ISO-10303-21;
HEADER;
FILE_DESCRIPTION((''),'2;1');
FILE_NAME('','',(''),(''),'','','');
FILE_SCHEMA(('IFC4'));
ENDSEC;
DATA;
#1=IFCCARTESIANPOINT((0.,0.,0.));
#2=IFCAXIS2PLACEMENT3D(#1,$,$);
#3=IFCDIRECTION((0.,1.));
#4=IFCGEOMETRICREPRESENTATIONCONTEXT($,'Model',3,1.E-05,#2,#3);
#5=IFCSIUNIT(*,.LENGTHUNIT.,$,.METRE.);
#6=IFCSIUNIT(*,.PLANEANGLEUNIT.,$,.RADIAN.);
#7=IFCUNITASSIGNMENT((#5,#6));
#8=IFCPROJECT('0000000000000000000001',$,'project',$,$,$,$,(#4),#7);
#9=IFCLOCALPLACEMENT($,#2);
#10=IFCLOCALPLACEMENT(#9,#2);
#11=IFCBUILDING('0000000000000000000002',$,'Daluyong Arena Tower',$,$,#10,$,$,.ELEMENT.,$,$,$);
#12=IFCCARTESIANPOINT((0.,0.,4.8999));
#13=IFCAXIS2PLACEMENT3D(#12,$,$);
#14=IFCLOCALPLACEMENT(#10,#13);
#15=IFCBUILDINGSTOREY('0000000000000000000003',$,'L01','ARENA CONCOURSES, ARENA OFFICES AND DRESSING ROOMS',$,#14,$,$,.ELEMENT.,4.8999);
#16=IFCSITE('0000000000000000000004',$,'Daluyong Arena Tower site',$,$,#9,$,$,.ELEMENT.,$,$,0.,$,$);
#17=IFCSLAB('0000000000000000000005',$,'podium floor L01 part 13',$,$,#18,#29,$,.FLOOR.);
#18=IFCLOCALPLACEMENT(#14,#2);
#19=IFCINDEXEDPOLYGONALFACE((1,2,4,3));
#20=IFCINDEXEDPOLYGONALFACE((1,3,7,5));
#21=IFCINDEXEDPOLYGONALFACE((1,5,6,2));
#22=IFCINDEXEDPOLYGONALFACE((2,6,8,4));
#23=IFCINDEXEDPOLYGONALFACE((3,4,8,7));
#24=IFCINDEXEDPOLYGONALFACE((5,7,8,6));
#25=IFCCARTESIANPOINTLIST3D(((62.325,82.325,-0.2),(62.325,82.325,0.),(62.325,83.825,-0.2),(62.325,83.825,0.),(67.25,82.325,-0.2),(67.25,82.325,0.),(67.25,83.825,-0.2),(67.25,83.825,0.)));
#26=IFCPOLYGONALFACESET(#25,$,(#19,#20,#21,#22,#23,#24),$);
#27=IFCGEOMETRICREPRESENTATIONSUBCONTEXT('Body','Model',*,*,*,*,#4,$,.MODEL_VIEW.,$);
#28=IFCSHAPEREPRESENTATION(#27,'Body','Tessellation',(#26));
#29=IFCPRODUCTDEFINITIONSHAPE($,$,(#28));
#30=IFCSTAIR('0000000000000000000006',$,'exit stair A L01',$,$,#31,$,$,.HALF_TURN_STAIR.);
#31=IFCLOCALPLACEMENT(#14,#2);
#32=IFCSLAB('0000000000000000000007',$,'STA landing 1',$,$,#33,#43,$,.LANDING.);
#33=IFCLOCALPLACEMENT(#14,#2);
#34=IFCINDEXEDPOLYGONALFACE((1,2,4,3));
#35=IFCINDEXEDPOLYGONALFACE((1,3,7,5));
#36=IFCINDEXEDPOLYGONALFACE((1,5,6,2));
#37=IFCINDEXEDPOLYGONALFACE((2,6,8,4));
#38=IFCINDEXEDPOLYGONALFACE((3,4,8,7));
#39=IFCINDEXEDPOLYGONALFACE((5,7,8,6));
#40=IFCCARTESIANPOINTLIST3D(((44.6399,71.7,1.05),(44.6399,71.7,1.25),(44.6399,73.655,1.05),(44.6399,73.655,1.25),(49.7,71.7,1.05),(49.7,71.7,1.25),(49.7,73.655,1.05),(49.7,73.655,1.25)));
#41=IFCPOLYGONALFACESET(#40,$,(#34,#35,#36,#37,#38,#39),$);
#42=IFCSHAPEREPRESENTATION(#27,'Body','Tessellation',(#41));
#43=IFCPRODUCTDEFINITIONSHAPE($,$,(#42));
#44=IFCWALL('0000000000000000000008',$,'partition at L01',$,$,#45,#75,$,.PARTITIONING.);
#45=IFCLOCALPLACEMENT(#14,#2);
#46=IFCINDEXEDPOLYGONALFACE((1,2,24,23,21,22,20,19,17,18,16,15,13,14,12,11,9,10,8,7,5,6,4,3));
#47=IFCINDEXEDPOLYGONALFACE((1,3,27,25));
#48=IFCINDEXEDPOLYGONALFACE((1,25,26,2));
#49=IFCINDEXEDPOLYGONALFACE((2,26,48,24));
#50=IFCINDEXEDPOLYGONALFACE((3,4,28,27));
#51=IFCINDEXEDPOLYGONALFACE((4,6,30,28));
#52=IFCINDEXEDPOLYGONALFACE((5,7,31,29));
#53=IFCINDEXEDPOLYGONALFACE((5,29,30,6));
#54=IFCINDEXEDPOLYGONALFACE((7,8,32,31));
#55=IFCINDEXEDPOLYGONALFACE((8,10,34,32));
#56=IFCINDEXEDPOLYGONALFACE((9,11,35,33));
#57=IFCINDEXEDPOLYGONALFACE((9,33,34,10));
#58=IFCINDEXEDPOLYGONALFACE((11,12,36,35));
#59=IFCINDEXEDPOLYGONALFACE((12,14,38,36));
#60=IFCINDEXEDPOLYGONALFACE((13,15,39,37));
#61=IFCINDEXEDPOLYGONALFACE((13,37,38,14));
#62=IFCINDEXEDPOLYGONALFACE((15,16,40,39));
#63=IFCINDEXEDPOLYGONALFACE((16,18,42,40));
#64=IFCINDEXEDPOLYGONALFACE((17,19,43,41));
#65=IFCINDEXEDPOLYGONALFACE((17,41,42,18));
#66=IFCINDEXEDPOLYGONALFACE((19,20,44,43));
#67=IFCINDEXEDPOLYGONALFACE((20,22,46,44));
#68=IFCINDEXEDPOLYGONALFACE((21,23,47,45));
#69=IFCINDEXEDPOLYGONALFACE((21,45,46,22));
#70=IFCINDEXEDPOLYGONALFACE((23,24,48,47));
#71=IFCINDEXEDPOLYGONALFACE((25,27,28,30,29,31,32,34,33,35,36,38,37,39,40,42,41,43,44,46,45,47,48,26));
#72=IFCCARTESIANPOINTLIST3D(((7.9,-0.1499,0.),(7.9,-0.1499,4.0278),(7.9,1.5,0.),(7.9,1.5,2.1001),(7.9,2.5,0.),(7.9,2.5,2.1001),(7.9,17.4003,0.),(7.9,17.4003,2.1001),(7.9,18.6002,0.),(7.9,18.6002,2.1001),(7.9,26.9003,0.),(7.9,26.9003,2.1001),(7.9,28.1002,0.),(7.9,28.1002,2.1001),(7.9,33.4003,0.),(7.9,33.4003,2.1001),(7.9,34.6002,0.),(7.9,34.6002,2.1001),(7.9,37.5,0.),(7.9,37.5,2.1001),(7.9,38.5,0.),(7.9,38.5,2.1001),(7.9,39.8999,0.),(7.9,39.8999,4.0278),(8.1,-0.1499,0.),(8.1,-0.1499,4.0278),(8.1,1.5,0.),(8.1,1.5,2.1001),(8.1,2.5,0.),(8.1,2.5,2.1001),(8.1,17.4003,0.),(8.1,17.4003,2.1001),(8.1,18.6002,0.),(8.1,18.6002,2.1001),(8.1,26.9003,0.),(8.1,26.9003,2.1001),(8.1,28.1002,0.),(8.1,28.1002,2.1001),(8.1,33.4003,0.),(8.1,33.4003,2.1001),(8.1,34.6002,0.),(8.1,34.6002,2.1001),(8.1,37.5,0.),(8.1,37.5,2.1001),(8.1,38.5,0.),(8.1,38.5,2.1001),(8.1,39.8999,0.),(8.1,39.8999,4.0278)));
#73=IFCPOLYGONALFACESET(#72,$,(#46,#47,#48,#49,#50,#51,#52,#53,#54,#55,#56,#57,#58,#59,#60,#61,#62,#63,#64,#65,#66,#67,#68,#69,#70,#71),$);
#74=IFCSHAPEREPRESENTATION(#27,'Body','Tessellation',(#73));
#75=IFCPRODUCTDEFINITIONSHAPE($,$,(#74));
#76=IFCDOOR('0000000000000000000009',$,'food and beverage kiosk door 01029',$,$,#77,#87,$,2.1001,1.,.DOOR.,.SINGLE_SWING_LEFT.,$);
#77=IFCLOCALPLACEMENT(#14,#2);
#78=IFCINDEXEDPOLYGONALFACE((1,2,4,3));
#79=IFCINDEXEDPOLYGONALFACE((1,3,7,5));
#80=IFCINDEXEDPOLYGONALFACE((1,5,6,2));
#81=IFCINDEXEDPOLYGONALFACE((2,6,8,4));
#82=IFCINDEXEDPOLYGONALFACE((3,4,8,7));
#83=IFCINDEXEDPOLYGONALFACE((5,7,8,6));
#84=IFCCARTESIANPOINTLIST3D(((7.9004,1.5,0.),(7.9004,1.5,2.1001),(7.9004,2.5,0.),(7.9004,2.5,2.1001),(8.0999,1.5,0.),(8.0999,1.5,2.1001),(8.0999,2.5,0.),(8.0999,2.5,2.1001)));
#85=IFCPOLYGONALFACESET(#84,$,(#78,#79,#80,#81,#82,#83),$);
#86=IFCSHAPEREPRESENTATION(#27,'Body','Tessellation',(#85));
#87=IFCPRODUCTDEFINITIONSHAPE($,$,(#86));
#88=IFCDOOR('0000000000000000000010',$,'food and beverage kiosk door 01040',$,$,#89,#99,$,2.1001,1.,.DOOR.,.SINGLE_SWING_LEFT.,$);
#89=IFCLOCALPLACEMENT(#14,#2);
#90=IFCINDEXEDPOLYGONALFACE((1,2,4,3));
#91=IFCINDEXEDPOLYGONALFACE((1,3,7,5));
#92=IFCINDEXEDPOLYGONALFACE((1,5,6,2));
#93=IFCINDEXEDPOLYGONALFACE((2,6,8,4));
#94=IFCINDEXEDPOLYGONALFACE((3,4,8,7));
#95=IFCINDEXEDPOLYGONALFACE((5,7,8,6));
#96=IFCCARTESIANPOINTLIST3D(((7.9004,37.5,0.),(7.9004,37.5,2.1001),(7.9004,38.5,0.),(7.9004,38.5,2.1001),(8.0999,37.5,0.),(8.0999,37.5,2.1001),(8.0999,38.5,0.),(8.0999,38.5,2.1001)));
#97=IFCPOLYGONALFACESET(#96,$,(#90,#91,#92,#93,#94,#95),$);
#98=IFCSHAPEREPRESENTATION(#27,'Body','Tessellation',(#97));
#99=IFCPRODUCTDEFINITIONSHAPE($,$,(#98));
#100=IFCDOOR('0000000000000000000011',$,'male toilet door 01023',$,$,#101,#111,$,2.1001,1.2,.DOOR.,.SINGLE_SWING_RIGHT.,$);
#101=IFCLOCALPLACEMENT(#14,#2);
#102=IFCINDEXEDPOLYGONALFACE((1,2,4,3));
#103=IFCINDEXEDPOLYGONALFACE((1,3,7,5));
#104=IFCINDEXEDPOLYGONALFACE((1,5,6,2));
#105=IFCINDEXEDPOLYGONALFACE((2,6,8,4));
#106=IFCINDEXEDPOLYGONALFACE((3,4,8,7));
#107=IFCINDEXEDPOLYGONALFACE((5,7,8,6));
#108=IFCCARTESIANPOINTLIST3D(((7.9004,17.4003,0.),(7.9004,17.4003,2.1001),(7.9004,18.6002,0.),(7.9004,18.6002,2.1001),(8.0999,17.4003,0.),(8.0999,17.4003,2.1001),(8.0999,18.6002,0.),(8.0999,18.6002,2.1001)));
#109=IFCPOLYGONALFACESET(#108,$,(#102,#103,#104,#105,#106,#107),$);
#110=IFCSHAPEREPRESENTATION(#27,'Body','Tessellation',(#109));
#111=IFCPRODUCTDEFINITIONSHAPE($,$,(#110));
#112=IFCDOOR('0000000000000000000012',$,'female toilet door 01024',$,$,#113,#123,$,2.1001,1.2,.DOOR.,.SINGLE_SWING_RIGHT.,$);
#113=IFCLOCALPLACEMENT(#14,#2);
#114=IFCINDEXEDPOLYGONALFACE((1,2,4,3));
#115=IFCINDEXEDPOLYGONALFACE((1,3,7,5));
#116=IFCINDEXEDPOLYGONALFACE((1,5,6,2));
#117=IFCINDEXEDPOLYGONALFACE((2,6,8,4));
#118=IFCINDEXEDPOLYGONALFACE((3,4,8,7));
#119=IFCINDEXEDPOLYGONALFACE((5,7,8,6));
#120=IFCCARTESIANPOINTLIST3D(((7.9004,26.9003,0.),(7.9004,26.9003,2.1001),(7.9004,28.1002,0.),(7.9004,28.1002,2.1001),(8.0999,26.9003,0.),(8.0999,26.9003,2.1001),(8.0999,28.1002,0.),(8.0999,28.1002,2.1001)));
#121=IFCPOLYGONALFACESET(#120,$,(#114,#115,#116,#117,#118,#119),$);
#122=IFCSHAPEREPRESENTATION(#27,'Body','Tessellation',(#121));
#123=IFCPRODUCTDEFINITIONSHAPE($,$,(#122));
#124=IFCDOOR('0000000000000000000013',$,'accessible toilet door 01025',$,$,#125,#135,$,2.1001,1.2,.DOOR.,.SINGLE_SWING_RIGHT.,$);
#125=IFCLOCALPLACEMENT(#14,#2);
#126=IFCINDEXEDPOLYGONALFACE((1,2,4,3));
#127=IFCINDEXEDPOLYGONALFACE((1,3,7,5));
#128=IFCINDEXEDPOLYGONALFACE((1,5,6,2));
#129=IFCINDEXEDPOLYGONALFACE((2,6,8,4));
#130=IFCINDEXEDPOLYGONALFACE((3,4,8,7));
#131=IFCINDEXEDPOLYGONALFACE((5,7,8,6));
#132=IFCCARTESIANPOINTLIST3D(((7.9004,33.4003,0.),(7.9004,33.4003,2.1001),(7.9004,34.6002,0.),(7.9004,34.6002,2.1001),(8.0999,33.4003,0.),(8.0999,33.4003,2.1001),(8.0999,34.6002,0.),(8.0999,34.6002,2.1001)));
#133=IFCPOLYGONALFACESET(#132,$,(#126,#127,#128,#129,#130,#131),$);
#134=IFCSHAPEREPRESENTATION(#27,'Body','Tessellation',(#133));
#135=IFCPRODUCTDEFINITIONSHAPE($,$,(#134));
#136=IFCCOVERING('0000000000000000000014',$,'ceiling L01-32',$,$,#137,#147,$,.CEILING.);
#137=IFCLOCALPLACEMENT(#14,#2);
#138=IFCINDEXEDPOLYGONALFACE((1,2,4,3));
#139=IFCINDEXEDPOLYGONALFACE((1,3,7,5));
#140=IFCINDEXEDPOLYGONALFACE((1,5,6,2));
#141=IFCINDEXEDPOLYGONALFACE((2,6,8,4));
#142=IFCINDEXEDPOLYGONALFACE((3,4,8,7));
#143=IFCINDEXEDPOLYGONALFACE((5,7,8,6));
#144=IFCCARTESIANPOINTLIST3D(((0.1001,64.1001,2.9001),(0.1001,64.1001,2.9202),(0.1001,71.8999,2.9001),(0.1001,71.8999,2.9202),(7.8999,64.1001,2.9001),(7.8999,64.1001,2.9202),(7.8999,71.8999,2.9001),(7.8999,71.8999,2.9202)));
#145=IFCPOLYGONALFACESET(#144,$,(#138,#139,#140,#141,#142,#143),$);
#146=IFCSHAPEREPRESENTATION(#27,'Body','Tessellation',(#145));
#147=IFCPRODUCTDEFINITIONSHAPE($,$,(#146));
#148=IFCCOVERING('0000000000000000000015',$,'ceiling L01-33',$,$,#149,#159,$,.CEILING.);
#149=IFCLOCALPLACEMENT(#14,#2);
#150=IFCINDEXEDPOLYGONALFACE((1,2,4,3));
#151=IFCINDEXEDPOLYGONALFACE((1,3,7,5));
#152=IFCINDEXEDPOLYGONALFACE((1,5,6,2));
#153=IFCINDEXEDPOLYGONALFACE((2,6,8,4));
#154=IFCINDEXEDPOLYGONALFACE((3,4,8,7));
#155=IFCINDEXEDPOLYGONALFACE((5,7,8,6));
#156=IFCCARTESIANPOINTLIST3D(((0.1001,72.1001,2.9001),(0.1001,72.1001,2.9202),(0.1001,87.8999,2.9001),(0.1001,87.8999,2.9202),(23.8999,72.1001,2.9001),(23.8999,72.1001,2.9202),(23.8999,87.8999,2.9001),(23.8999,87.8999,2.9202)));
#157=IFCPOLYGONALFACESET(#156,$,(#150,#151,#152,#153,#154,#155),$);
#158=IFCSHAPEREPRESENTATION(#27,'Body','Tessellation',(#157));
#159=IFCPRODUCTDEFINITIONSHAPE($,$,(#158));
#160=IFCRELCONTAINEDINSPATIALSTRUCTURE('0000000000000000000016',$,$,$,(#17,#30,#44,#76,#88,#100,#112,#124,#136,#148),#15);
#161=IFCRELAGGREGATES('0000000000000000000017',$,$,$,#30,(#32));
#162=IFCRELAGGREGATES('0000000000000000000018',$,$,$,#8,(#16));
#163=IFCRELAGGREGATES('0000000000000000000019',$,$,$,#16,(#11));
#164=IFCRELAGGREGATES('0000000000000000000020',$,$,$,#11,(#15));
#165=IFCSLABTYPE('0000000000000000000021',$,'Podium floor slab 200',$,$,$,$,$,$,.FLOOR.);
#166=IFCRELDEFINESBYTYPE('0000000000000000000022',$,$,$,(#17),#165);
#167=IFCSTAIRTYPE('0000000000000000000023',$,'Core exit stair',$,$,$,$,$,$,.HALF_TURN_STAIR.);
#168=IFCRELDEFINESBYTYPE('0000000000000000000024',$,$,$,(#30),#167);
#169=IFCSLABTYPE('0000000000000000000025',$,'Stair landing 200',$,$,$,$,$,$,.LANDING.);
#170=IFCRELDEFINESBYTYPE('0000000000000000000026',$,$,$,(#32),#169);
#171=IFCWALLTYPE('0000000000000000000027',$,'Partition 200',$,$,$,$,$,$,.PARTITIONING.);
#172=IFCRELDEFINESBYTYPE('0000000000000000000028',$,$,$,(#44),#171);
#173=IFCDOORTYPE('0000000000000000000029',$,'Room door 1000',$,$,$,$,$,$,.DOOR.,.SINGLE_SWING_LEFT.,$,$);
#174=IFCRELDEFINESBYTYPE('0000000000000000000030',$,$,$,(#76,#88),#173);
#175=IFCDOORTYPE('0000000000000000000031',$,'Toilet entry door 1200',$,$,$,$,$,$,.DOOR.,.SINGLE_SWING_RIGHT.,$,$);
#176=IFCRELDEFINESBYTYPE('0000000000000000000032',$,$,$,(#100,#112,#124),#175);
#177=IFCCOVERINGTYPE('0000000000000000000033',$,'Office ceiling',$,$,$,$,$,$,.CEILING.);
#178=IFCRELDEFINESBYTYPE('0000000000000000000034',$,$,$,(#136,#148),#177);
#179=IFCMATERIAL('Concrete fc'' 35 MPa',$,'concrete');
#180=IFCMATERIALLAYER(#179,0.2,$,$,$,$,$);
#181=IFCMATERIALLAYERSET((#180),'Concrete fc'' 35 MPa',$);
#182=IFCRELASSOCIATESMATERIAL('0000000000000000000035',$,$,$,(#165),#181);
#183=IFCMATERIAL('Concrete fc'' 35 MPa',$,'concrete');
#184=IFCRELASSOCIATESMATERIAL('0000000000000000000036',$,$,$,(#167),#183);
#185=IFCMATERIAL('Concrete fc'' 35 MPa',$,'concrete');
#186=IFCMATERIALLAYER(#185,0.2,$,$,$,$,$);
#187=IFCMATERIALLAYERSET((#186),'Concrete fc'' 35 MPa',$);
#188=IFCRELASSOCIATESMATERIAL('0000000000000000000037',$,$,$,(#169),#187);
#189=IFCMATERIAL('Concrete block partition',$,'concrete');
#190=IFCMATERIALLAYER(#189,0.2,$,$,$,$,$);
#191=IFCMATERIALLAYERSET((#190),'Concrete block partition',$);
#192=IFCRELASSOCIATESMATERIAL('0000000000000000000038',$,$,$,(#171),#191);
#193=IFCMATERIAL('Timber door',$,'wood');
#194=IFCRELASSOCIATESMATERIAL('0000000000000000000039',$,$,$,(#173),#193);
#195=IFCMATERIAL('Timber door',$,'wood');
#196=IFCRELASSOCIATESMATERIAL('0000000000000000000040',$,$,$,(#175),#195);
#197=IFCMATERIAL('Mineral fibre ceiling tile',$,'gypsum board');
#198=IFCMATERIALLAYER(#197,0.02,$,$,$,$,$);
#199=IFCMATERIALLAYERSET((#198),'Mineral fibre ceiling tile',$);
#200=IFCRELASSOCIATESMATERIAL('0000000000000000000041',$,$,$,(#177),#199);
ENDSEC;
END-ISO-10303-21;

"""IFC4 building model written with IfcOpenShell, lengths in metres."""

from ifc_helpers import new_model, si_unit, direction, frame, frame_2d, origin, place, context, subcontext, project, spatial, polyline, rectangle, outline, extrude, material, layer, layer_set, type_object, element, fill, aggregate, save


model = new_model("IFC4")

# Units and contexts
model_context = context("Model", 3, precision=1e-05, world=origin(), true_north=direction((0.0, 1.0)))
body_context = subcontext(model_context, "Body", "Model", "MODEL_VIEW")
ifc_project = project(units=[si_unit("LENGTHUNIT", "METRE"), si_unit("PLANEANGLEUNIT", "RADIAN")], contexts=[model_context])

# Site, building, storey
site_placement = place(None, origin())
site = spatial("IfcSite", under=ifc_project, at=site_placement, Name="Daluyong Arena Tower site", CompositionType="ELEMENT", RefElevation=0.0)
building_placement = place(site_placement, origin())
building = spatial("IfcBuilding", under=site, at=building_placement, Name="Daluyong Arena Tower", CompositionType="ELEMENT")
storey_placement = place(building_placement, frame((0.0, 0.0, 4.8999)))
storey = spatial("IfcBuildingStorey", under=building, at=storey_placement, Name="L01", Description="ARENA CONCOURSES, ARENA OFFICES AND DRESSING ROOMS", CompositionType="ELEMENT", Elevation=4.8999)

# Slab
ifc_material_1 = material(Name="Concrete fc' 35 MPa", Category="concrete")
ifc_layer_1 = layer(ifc_material_1, 0.2)
ifc_layer_set_1 = layer_set([ifc_layer_1], Name="Concrete fc' 35 MPa")
slab_type_1 = type_object("IfcSlabType", Name="Podium floor slab 200", PredefinedType="FLOOR", material=ifc_layer_set_1)
slab_1_placement = place(storey_placement, frame((0.0, 0.0, -0.2)))
element("IfcSlab", 1, at=slab_1_placement, inside=storey, type_object=slab_type_1, Name="podium floor L01 part 13", PredefinedType="FLOOR", context=body_context, shape_type="SweptSolid", body=[
    extrude(outline(polyline([(62.325, 83.825), (62.325, 82.325), (67.25, 82.325), (67.25, 83.825), (62.325, 83.825)])), origin(), (0.0, 0.0, 1.0), 0.2),
])

# Stair, slab
ifc_material_2 = material(Name="Concrete fc' 35 MPa", Category="concrete")
stair_type = type_object("IfcStairType", Name="Core exit stair", PredefinedType="HALF_TURN_STAIR", material=ifc_material_2)
stair_placement = place(storey_placement, origin())
stair = element("IfcStair", 2, at=stair_placement, inside=storey, type_object=stair_type, Name="exit stair A L01", PredefinedType="HALF_TURN_STAIR")
ifc_material_3 = material(Name="Concrete fc' 35 MPa", Category="concrete")
ifc_layer_2 = layer(ifc_material_3, 0.2)
ifc_layer_set_2 = layer_set([ifc_layer_2], Name="Concrete fc' 35 MPa")
slab_type_2 = type_object("IfcSlabType", Name="Stair landing 200", PredefinedType="LANDING", material=ifc_layer_set_2)
slab_2_placement = place(storey_placement, frame((0.0, 0.0, 1.05)))
slab_2 = element("IfcSlab", 3, at=slab_2_placement, type_object=slab_type_2, Name="STA landing 1", PredefinedType="LANDING", context=body_context, shape_type="SweptSolid", body=[
    extrude(outline(polyline([(44.6399, 71.7), (49.7, 71.7), (49.7, 73.655), (44.6399, 73.655), (44.6399, 71.7)])), origin(), (0.0, 0.0, 1.0), 0.2),
])
aggregate(stair, [slab_2])

# Wall, openings, doors
ifc_material_4 = material(Name="Concrete block partition", Category="concrete")
ifc_layer_3 = layer(ifc_material_4, 0.2)
ifc_layer_set_3 = layer_set([ifc_layer_3], Name="Concrete block partition")
wall_type = type_object("IfcWallType", Name="Partition 200", PredefinedType="PARTITIONING", material=ifc_layer_set_3)
wall_placement = place(storey_placement, frame((8.0, -0.1499, 0.0), z_axis=(0.0, 0.0, 1.0), x_axis=(0.0, 1.0, 0.0)))
wall = element("IfcWall", 4, at=wall_placement, inside=storey, type_object=wall_type, Name="partition at L01", PredefinedType="PARTITIONING", context=body_context, shape_type="SweptSolid", body=[
    extrude(rectangle(XDim=40.0498, YDim=0.2, at=frame_2d((20.0249, 0.0))), origin(), (0.0, 0.0, 1.0), 4.0278),
])
opening_1_placement = place(wall_placement, frame((17.55, 0.0, 0.0)))
opening_1 = element("IfcOpeningElement", 5, at=opening_1_placement, cuts=wall, PredefinedType="OPENING", context=body_context, shape_type="SweptSolid", body=[
    extrude(rectangle(XDim=1.2, YDim=2.1001, at=frame_2d((0.6001, 1.05))), frame((0.0, 0.1099, 0.0), z_axis=(0.0, -1.0, 0.0), x_axis=(1.0, 0.0, 0.0)), (0.0, 0.0, 1.0), 0.22),
])
opening_2_placement = place(wall_placement, frame((27.05, 0.0, 0.0)))
opening_2 = element("IfcOpeningElement", 6, at=opening_2_placement, cuts=wall, PredefinedType="OPENING", context=body_context, shape_type="SweptSolid", body=[
    extrude(rectangle(XDim=1.2, YDim=2.1001, at=frame_2d((0.6001, 1.05))), frame((0.0, 0.1099, 0.0), z_axis=(0.0, -1.0, 0.0), x_axis=(1.0, 0.0, 0.0)), (0.0, 0.0, 1.0), 0.22),
])
opening_3_placement = place(wall_placement, frame((33.55, 0.0, 0.0)))
opening_3 = element("IfcOpeningElement", 7, at=opening_3_placement, cuts=wall, PredefinedType="OPENING", context=body_context, shape_type="SweptSolid", body=[
    extrude(rectangle(XDim=1.2, YDim=2.1001, at=frame_2d((0.6001, 1.05))), frame((0.0, 0.1099, 0.0), z_axis=(0.0, -1.0, 0.0), x_axis=(1.0, 0.0, 0.0)), (0.0, 0.0, 1.0), 0.22),
])
opening_4_placement = place(wall_placement, frame((1.6499, 0.0, 0.0)))
opening_4 = element("IfcOpeningElement", 8, at=opening_4_placement, cuts=wall, PredefinedType="OPENING", context=body_context, shape_type="SweptSolid", body=[
    extrude(rectangle(XDim=1.0, YDim=2.1001, at=frame_2d((0.5, 1.05))), frame((0.0, 0.1099, 0.0), z_axis=(0.0, -1.0, 0.0), x_axis=(1.0, 0.0, 0.0)), (0.0, 0.0, 1.0), 0.22),
])
opening_5_placement = place(wall_placement, frame((37.6499, 0.0, 0.0)))
opening_5 = element("IfcOpeningElement", 9, at=opening_5_placement, cuts=wall, PredefinedType="OPENING", context=body_context, shape_type="SweptSolid", body=[
    extrude(rectangle(XDim=1.0, YDim=2.1001, at=frame_2d((0.5, 1.05))), frame((0.0, 0.1099, 0.0), z_axis=(0.0, -1.0, 0.0), x_axis=(1.0, 0.0, 0.0)), (0.0, 0.0, 1.0), 0.22),
])
ifc_material_5 = material(Name="Timber door", Category="wood")
door_type_1 = type_object("IfcDoorType", Name="Room door 1000", OperationType="SINGLE_SWING_LEFT", PredefinedType="DOOR", material=ifc_material_5)
door_1_placement = place(opening_4_placement, origin())
door_1 = element("IfcDoor", 10, at=door_1_placement, inside=storey, type_object=door_type_1, Name="food and beverage kiosk door 01029", OperationType="SINGLE_SWING_LEFT", OverallHeight=2.1001, OverallWidth=1.0, PredefinedType="DOOR", context=body_context, shape_type="SweptSolid", body=[
    extrude(rectangle(XDim=1.0, YDim=2.1001, at=frame_2d((0.5, 1.05))), frame((0.0, 0.0996, 0.0), z_axis=(0.0, -1.0, 0.0), x_axis=(1.0, 0.0, 0.0)), (0.0, 0.0, 1.0), 0.1995),
])
fill(opening_4, door_1)
door_2_placement = place(opening_5_placement, origin())
door_2 = element("IfcDoor", 11, at=door_2_placement, inside=storey, type_object=door_type_1, Name="food and beverage kiosk door 01040", OperationType="SINGLE_SWING_LEFT", OverallHeight=2.1001, OverallWidth=1.0, PredefinedType="DOOR", context=body_context, shape_type="SweptSolid", body=[
    extrude(rectangle(XDim=1.0, YDim=2.1001, at=frame_2d((0.5, 1.05))), frame((0.0, 0.0996, 0.0), z_axis=(0.0, -1.0, 0.0), x_axis=(1.0, 0.0, 0.0)), (0.0, 0.0, 1.0), 0.1995),
])
fill(opening_5, door_2)
ifc_material_6 = material(Name="Timber door", Category="wood")
door_type_2 = type_object("IfcDoorType", Name="Toilet entry door 1200", OperationType="SINGLE_SWING_RIGHT", PredefinedType="DOOR", material=ifc_material_6)
door_3_placement = place(opening_1_placement, origin())
door_3 = element("IfcDoor", 12, at=door_3_placement, inside=storey, type_object=door_type_2, Name="male toilet door 01023", OperationType="SINGLE_SWING_RIGHT", OverallHeight=2.1001, OverallWidth=1.2, PredefinedType="DOOR", context=body_context, shape_type="SweptSolid", body=[
    extrude(rectangle(XDim=1.2, YDim=2.1001, at=frame_2d((0.6001, 1.05))), frame((0.0, 0.0996, 0.0), z_axis=(0.0, -1.0, 0.0), x_axis=(1.0, 0.0, 0.0)), (0.0, 0.0, 1.0), 0.1995),
])
fill(opening_1, door_3)
door_4_placement = place(opening_2_placement, origin())
door_4 = element("IfcDoor", 13, at=door_4_placement, inside=storey, type_object=door_type_2, Name="female toilet door 01024", OperationType="SINGLE_SWING_RIGHT", OverallHeight=2.1001, OverallWidth=1.2, PredefinedType="DOOR", context=body_context, shape_type="SweptSolid", body=[
    extrude(rectangle(XDim=1.2, YDim=2.1001, at=frame_2d((0.6001, 1.05))), frame((0.0, 0.0996, 0.0), z_axis=(0.0, -1.0, 0.0), x_axis=(1.0, 0.0, 0.0)), (0.0, 0.0, 1.0), 0.1995),
])
fill(opening_2, door_4)
door_5_placement = place(opening_3_placement, origin())
door_5 = element("IfcDoor", 14, at=door_5_placement, inside=storey, type_object=door_type_2, Name="accessible toilet door 01025", OperationType="SINGLE_SWING_RIGHT", OverallHeight=2.1001, OverallWidth=1.2, PredefinedType="DOOR", context=body_context, shape_type="SweptSolid", body=[
    extrude(rectangle(XDim=1.2, YDim=2.1001, at=frame_2d((0.6001, 1.05))), frame((0.0, 0.0996, 0.0), z_axis=(0.0, -1.0, 0.0), x_axis=(1.0, 0.0, 0.0)), (0.0, 0.0, 1.0), 0.1995),
])
fill(opening_3, door_5)

# Coverings
ifc_material_7 = material(Name="Mineral fibre ceiling tile", Category="gypsum board")
ifc_layer_4 = layer(ifc_material_7, 0.02)
ifc_layer_set_4 = layer_set([ifc_layer_4], Name="Mineral fibre ceiling tile")
covering_type = type_object("IfcCoveringType", Name="Office ceiling", PredefinedType="CEILING", material=ifc_layer_set_4)
covering_1_placement = place(storey_placement, frame((0.0, 0.0, 2.9001)))
element("IfcCovering", 15, at=covering_1_placement, inside=storey, type_object=covering_type, Name="ceiling L01-32", PredefinedType="CEILING", context=body_context, shape_type="SweptSolid", body=[
    extrude(outline(polyline([(7.8999, 64.1001), (7.8999, 71.8999), (0.1001, 71.8999), (0.1001, 64.1001), (7.8999, 64.1001)])), origin(), (0.0, 0.0, 1.0), 0.02),
])
covering_2_placement = place(storey_placement, frame((0.0, 0.0, 2.9001)))
element("IfcCovering", 16, at=covering_2_placement, inside=storey, type_object=covering_type, Name="ceiling L01-33", PredefinedType="CEILING", context=body_context, shape_type="SweptSolid", body=[
    extrude(outline(polyline([(23.8999, 72.1001), (23.8999, 87.8999), (0.1001, 87.8999), (0.1001, 72.1001), (23.8999, 72.1001)])), origin(), (0.0, 0.0, 1.0), 0.02),
])

save(model, "model.ifc")
